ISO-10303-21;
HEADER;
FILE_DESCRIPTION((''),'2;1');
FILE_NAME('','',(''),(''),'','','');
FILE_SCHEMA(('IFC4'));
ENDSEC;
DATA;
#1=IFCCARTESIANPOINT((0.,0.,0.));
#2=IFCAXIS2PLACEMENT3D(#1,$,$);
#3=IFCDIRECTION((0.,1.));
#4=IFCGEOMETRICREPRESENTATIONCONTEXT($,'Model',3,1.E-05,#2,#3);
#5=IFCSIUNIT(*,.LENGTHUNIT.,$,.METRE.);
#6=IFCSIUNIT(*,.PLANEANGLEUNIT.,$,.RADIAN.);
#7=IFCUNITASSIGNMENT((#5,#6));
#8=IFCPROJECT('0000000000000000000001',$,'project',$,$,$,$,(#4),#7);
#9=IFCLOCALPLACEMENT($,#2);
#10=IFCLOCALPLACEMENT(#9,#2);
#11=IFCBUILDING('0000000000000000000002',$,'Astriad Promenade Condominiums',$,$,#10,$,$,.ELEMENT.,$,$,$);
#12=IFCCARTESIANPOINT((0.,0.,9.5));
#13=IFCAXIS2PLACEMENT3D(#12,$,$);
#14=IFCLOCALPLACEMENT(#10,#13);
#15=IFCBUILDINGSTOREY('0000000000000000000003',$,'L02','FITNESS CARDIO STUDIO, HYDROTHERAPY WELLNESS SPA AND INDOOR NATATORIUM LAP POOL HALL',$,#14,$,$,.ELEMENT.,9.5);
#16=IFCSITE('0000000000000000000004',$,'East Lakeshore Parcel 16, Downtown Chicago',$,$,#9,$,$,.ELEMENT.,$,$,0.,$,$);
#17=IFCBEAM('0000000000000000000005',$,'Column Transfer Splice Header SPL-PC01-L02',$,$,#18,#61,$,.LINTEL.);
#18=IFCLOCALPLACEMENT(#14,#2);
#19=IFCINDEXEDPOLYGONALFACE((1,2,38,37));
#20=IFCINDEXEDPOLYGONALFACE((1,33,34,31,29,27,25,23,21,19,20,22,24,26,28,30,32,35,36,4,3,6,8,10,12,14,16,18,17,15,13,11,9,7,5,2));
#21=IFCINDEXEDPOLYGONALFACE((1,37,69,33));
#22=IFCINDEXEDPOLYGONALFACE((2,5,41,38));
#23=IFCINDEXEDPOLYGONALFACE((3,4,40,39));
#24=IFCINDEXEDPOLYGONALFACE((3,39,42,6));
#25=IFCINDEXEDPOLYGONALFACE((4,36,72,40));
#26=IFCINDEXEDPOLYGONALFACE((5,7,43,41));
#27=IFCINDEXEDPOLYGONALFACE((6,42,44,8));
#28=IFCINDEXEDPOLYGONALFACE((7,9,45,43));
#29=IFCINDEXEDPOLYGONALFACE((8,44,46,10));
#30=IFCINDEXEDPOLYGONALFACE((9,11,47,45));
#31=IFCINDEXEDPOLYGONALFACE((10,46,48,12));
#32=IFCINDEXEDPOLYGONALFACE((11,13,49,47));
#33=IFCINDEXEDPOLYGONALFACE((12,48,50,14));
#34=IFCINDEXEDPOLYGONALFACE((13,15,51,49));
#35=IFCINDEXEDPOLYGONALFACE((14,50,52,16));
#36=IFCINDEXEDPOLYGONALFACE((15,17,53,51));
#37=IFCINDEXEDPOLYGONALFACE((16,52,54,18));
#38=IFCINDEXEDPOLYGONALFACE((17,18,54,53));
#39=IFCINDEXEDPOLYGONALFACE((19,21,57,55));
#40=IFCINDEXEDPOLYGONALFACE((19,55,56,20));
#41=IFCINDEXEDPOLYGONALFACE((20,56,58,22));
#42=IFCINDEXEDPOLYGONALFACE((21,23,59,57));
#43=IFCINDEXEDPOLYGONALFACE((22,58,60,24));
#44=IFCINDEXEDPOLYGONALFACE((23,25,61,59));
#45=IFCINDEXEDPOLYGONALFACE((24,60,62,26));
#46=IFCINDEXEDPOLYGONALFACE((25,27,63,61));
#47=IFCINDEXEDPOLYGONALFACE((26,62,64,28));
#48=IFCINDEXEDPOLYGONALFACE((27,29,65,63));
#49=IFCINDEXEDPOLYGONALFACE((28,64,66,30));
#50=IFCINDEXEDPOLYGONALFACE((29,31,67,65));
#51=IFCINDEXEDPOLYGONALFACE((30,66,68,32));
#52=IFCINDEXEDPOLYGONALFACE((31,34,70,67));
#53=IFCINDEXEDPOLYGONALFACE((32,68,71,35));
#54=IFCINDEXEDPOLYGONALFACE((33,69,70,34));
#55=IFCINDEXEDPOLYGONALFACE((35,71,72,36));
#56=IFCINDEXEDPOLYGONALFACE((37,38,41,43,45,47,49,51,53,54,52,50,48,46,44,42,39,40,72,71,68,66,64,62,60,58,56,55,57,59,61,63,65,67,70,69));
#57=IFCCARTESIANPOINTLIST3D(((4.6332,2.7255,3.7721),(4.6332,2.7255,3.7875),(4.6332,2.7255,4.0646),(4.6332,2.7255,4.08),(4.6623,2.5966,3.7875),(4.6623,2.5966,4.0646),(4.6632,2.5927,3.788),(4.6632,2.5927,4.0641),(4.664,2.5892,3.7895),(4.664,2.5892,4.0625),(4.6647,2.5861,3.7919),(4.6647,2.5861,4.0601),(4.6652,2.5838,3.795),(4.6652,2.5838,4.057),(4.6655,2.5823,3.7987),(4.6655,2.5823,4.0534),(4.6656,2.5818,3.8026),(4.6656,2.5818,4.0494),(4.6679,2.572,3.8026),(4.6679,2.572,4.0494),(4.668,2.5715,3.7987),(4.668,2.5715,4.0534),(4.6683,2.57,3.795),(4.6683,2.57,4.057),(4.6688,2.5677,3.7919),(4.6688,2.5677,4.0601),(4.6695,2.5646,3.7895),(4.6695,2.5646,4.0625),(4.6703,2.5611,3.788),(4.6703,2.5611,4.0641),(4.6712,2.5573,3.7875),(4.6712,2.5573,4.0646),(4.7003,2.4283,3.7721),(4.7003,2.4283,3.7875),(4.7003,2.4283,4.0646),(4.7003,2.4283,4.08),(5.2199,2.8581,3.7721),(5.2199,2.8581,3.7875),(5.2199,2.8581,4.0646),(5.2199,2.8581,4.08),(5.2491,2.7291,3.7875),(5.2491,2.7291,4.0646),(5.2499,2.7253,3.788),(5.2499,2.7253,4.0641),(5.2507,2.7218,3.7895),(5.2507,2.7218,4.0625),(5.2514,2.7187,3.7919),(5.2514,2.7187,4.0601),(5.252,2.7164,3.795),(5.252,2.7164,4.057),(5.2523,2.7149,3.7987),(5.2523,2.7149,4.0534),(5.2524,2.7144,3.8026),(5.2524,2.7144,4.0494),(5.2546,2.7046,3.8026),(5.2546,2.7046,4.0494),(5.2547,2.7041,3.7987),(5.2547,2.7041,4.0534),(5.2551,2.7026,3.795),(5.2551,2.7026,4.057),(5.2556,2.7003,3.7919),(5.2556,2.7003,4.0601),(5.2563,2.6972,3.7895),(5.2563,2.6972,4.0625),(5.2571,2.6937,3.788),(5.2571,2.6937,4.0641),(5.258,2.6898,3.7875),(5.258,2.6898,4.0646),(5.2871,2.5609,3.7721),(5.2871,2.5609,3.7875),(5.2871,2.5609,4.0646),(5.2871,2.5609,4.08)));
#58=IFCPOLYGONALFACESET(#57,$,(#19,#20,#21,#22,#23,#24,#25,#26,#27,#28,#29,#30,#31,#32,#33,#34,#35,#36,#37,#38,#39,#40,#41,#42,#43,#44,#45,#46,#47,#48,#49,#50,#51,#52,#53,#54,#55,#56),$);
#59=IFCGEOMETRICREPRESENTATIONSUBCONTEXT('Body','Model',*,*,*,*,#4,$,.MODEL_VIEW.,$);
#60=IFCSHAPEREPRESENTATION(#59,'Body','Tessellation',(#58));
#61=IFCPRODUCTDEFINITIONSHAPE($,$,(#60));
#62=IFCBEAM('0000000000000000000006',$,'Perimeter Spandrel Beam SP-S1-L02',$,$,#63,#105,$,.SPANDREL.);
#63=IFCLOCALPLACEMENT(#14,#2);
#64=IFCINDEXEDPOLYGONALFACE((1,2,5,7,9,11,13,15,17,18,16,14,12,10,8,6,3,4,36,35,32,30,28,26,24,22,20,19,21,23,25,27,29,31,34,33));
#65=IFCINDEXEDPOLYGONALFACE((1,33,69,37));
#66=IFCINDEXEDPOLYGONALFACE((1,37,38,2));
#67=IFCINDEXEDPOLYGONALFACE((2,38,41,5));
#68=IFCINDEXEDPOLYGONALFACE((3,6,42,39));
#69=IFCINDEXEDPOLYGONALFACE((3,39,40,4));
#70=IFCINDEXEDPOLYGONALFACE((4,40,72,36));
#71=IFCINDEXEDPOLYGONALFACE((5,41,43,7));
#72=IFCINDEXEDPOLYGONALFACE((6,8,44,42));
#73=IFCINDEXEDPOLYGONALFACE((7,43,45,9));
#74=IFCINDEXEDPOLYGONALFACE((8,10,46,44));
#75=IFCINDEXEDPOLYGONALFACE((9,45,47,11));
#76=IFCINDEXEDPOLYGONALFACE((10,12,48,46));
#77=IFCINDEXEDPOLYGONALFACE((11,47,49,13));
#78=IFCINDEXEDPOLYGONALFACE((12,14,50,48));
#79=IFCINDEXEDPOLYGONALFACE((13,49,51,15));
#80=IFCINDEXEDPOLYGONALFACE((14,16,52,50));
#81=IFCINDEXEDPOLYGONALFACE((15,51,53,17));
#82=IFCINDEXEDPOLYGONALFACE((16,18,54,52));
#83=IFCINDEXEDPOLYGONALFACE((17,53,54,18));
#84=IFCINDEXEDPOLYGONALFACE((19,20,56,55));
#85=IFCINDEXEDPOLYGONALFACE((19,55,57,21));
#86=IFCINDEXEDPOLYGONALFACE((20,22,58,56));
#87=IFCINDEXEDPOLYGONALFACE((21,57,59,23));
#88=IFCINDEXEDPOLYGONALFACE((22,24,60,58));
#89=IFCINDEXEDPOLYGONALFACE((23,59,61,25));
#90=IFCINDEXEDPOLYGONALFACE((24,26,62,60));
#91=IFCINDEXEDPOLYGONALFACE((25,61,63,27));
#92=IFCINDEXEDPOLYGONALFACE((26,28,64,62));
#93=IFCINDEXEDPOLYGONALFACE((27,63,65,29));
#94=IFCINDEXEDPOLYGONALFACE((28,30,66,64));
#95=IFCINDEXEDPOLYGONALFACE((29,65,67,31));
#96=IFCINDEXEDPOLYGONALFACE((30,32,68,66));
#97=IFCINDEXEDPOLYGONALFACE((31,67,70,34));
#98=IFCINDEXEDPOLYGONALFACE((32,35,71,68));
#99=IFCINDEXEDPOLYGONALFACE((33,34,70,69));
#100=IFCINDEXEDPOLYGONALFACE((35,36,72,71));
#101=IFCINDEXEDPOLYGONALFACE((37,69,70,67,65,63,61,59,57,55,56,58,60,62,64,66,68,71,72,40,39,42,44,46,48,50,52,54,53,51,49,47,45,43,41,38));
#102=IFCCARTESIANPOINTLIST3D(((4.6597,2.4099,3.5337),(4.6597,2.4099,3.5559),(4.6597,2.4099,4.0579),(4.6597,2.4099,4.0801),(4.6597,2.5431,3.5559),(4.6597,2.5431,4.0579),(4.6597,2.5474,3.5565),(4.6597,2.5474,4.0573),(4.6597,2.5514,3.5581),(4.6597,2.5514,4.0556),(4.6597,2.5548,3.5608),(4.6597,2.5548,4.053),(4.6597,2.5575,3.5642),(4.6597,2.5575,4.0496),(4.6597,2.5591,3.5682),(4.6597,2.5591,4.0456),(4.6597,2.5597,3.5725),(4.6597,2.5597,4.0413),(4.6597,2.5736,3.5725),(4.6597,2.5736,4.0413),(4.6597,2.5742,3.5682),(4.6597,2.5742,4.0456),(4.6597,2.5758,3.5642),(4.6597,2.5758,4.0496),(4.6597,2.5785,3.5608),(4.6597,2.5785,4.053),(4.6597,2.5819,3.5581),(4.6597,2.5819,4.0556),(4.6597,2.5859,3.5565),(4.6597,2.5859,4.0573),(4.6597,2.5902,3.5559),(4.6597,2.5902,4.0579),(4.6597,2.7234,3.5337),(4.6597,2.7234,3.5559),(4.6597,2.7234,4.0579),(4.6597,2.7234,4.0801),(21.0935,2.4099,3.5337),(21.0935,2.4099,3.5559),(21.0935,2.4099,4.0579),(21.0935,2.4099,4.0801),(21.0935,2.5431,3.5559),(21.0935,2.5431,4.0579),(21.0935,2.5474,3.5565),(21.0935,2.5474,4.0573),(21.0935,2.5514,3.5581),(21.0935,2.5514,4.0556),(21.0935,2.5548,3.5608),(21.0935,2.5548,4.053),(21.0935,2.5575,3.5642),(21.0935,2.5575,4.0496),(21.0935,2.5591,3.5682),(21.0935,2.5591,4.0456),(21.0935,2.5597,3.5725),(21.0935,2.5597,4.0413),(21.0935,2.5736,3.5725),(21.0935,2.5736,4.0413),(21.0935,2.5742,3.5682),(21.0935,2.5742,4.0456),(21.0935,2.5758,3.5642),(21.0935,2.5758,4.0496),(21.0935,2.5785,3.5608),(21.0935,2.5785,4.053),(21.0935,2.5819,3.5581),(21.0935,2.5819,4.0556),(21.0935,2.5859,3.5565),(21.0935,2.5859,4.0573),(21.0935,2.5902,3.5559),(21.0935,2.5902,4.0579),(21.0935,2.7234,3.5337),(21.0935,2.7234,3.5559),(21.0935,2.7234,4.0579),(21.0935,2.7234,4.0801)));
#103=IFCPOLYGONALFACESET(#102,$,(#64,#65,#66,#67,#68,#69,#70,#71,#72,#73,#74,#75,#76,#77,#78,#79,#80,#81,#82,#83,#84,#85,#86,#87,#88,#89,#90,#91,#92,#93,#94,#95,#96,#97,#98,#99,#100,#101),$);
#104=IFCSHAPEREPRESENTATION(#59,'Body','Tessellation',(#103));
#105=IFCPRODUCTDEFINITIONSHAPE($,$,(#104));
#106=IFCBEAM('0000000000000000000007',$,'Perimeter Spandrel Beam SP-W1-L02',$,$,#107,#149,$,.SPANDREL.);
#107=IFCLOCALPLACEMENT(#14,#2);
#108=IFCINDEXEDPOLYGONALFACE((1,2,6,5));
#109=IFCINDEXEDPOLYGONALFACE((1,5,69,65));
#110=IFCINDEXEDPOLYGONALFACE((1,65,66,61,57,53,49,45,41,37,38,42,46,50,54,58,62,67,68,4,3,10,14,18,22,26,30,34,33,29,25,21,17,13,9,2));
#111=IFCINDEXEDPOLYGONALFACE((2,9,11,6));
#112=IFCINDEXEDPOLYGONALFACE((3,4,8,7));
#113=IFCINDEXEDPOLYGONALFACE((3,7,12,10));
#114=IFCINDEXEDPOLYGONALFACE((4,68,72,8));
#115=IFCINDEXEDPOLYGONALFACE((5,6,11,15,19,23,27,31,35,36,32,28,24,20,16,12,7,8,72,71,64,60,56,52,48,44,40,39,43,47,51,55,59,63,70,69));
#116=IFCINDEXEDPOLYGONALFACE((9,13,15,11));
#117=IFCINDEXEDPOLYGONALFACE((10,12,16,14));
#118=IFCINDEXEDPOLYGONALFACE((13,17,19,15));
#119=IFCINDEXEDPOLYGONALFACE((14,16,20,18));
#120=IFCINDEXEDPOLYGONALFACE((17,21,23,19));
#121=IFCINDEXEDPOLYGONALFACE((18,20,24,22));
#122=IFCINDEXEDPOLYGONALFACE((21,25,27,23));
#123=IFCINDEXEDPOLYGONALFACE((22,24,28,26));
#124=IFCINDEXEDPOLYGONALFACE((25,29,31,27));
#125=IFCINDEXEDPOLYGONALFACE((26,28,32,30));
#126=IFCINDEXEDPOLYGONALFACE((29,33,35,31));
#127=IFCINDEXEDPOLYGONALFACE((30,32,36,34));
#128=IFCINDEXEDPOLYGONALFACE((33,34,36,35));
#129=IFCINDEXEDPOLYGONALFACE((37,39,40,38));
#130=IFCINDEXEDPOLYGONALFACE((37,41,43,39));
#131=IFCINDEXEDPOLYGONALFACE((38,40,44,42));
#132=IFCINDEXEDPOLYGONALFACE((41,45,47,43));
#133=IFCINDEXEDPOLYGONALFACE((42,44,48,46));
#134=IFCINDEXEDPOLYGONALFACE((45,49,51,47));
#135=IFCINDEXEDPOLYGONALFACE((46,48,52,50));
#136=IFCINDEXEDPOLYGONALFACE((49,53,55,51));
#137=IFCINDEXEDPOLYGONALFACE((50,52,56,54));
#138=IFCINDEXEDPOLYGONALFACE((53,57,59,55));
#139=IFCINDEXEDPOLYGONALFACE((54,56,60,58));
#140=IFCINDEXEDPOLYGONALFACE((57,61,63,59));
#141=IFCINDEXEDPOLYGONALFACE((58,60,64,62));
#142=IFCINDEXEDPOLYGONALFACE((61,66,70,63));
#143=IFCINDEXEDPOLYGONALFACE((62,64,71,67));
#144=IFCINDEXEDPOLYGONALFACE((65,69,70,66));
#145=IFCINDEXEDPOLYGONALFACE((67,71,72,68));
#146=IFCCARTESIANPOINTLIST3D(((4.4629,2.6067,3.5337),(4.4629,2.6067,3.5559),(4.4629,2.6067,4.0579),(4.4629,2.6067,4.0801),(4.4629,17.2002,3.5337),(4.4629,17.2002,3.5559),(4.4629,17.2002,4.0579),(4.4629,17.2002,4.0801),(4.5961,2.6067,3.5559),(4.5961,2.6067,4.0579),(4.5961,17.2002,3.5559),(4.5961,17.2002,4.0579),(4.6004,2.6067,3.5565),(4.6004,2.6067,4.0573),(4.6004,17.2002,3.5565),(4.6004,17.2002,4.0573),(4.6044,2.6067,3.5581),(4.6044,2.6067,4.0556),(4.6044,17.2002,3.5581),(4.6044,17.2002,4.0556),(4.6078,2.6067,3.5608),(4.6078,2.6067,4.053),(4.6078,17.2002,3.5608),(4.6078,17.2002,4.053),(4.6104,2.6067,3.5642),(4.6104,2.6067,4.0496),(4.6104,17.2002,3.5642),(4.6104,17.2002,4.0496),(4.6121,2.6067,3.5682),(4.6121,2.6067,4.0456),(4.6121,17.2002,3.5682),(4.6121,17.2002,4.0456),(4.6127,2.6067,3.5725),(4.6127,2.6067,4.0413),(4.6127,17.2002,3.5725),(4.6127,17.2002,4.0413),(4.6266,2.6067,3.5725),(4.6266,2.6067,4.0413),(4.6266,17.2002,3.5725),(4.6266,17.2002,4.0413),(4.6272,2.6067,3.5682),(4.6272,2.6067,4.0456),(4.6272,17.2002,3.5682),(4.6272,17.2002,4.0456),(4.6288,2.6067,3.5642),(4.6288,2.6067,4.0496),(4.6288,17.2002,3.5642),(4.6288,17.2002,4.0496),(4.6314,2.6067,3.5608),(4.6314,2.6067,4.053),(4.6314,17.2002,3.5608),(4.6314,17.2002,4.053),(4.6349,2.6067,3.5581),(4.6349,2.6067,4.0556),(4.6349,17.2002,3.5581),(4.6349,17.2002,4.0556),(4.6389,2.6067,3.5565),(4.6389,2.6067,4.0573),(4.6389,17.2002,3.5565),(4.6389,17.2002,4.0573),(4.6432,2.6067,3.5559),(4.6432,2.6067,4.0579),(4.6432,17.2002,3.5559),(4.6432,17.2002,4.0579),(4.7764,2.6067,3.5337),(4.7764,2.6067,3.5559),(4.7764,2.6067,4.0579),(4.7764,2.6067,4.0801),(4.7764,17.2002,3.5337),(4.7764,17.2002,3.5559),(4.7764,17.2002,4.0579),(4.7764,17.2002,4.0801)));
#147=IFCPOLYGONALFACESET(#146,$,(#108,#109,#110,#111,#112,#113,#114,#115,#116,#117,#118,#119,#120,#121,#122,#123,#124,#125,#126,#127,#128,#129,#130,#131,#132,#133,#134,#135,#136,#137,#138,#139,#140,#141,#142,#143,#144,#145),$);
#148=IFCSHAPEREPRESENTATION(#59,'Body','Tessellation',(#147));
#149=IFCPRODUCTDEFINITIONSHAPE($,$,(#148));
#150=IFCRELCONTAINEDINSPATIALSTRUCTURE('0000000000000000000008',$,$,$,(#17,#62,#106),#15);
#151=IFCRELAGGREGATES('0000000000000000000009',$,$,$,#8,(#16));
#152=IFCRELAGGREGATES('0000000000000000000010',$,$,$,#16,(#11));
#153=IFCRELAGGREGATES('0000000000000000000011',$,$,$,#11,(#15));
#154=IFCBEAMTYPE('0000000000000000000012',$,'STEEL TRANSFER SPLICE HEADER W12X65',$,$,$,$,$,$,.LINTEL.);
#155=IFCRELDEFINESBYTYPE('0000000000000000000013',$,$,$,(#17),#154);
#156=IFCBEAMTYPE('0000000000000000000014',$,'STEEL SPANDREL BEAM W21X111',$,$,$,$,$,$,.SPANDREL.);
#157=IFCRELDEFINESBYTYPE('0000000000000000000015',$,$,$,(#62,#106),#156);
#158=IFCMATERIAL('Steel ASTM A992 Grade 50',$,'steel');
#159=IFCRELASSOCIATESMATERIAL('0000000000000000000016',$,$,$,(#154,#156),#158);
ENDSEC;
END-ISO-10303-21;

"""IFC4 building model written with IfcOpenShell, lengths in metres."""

from ifc_helpers import new_model, si_unit, direction, frame, origin, origin_2d, place, context, subcontext, project, spatial, i_section, extrude, source, transform, mapped, material, material_profile, profile_set, type_object, type_shapes, element, save


model = new_model("IFC4")

# Units and contexts
model_context = context("Model", 3, precision=1e-05, world=origin(), true_north=direction((0.0, 1.0)))
body_context = subcontext(model_context, "Body", "Model", "MODEL_VIEW")
ifc_project = project(units=[si_unit("LENGTHUNIT", "METRE"), si_unit("PLANEANGLEUNIT", "RADIAN")], contexts=[model_context])

# Site, building, storey
site_placement = place(None, origin())
site = spatial("IfcSite", under=ifc_project, at=site_placement, Name="East Lakeshore Parcel 16, Downtown Chicago", CompositionType="ELEMENT", RefElevation=0.0)
building_placement = place(site_placement, origin())
building = spatial("IfcBuilding", under=site, at=building_placement, Name="Astriad Promenade Condominiums", CompositionType="ELEMENT")
storey_placement = place(building_placement, frame((0.0, 0.0, 9.5)))
storey = spatial("IfcBuildingStorey", under=building, at=storey_placement, Name="L02", Description="FITNESS CARDIO STUDIO, HYDROTHERAPY WELLNESS SPA AND INDOOR NATATORIUM LAP POOL HALL", CompositionType="ELEMENT", Elevation=9.5)

# Beams
ifc_material_1 = material(Name="Steel ASTM A992 Grade 50", Category="steel")
ifc_material_profile_1 = material_profile(ifc_material_1, i_section(OverallWidth=0.3047, OverallDepth=0.3079, WebThickness=0.01, FlangeThickness=0.0154, FilletRadius=0.0151, at=origin_2d()), Name="W12X65")
ifc_profile_set_1 = profile_set([ifc_material_profile_1], Name="Steel ASTM A992 Grade 50")
beam_type_1 = type_object("IfcBeamType", Name="STEEL TRANSFER SPLICE HEADER W12X65", PredefinedType="LINTEL", material=ifc_profile_set_1)
shared_shape_1 = source(origin(), body_context, "Body", "SweptSolid", [
    extrude(i_section(OverallWidth=0.3047, OverallDepth=0.3079, WebThickness=0.01, FlangeThickness=0.0154, FilletRadius=0.0151, at=origin_2d()), origin(), (0.0, 0.0, 1.0), 0.6016),
])
type_shapes(beam_type_1, [shared_shape_1])
beam_1_placement = place(storey_placement, frame((4.6667, 2.5769, 3.926), z_axis=(0.975407, 0.22041, 0.0), x_axis=(-0.22041, 0.975407, 0.0)))
element("IfcBeam", 1, at=beam_1_placement, inside=storey, type_object=beam_type_1, Name="Column Transfer Splice Header SPL-PC01-L02", PredefinedType="LINTEL", context=body_context, shape_type="MappedRepresentation", body=[
    mapped(shared_shape_1, transform((0.0, 0.0, 0.0), scale=1.0)),
])
ifc_material_profile_2 = material_profile(ifc_material_1, i_section(OverallWidth=0.3135, OverallDepth=0.5464, WebThickness=0.0139, FlangeThickness=0.0222, FilletRadius=0.0166, at=origin_2d()), Name="W21X111")
ifc_profile_set_2 = profile_set([ifc_material_profile_2], Name="Steel ASTM A992 Grade 50")
beam_type_2 = type_object("IfcBeamType", Name="STEEL SPANDREL BEAM W21X111", PredefinedType="SPANDREL", material=ifc_profile_set_2)
shared_shape_2 = source(origin(), body_context, "Body", "SweptSolid", [
    extrude(i_section(OverallWidth=0.3135, OverallDepth=0.5464, WebThickness=0.0139, FlangeThickness=0.0222, FilletRadius=0.0166, at=origin_2d()), origin(), (0.0, 0.0, 1.0), 16.4338),
])
beam_2_placement = place(storey_placement, frame((4.6597, 2.5667, 3.8069), z_axis=(1.0, 0.0, 0.0), x_axis=(0.0, 1.0, 0.0)))
element("IfcBeam", 2, at=beam_2_placement, inside=storey, type_object=beam_type_2, Name="Perimeter Spandrel Beam SP-S1-L02", PredefinedType="SPANDREL", context=body_context, shape_type="MappedRepresentation", body=[
    mapped(shared_shape_2, transform((0.0, 0.0, 0.0), scale=1.0)),
])
shared_shape_3 = source(origin(), body_context, "Body", "SweptSolid", [
    extrude(i_section(OverallWidth=0.3135, OverallDepth=0.5464, WebThickness=0.0139, FlangeThickness=0.0222, FilletRadius=0.0166, at=origin_2d()), origin(), (0.0, 0.0, 1.0), 14.5935),
])
type_shapes(beam_type_2, [shared_shape_2, shared_shape_3])
beam_3_placement = place(storey_placement, frame((4.6196, 17.2002, 3.8069), z_axis=(0.0, -1.0, 0.0), x_axis=(1.0, 0.0, 0.0)))
element("IfcBeam", 3, at=beam_3_placement, inside=storey, type_object=beam_type_2, Name="Perimeter Spandrel Beam SP-W1-L02", PredefinedType="SPANDREL", context=body_context, shape_type="MappedRepresentation", body=[
    mapped(shared_shape_3, transform((0.0, 0.0, 0.0), scale=1.0)),
])

save(model, "model.ifc")
